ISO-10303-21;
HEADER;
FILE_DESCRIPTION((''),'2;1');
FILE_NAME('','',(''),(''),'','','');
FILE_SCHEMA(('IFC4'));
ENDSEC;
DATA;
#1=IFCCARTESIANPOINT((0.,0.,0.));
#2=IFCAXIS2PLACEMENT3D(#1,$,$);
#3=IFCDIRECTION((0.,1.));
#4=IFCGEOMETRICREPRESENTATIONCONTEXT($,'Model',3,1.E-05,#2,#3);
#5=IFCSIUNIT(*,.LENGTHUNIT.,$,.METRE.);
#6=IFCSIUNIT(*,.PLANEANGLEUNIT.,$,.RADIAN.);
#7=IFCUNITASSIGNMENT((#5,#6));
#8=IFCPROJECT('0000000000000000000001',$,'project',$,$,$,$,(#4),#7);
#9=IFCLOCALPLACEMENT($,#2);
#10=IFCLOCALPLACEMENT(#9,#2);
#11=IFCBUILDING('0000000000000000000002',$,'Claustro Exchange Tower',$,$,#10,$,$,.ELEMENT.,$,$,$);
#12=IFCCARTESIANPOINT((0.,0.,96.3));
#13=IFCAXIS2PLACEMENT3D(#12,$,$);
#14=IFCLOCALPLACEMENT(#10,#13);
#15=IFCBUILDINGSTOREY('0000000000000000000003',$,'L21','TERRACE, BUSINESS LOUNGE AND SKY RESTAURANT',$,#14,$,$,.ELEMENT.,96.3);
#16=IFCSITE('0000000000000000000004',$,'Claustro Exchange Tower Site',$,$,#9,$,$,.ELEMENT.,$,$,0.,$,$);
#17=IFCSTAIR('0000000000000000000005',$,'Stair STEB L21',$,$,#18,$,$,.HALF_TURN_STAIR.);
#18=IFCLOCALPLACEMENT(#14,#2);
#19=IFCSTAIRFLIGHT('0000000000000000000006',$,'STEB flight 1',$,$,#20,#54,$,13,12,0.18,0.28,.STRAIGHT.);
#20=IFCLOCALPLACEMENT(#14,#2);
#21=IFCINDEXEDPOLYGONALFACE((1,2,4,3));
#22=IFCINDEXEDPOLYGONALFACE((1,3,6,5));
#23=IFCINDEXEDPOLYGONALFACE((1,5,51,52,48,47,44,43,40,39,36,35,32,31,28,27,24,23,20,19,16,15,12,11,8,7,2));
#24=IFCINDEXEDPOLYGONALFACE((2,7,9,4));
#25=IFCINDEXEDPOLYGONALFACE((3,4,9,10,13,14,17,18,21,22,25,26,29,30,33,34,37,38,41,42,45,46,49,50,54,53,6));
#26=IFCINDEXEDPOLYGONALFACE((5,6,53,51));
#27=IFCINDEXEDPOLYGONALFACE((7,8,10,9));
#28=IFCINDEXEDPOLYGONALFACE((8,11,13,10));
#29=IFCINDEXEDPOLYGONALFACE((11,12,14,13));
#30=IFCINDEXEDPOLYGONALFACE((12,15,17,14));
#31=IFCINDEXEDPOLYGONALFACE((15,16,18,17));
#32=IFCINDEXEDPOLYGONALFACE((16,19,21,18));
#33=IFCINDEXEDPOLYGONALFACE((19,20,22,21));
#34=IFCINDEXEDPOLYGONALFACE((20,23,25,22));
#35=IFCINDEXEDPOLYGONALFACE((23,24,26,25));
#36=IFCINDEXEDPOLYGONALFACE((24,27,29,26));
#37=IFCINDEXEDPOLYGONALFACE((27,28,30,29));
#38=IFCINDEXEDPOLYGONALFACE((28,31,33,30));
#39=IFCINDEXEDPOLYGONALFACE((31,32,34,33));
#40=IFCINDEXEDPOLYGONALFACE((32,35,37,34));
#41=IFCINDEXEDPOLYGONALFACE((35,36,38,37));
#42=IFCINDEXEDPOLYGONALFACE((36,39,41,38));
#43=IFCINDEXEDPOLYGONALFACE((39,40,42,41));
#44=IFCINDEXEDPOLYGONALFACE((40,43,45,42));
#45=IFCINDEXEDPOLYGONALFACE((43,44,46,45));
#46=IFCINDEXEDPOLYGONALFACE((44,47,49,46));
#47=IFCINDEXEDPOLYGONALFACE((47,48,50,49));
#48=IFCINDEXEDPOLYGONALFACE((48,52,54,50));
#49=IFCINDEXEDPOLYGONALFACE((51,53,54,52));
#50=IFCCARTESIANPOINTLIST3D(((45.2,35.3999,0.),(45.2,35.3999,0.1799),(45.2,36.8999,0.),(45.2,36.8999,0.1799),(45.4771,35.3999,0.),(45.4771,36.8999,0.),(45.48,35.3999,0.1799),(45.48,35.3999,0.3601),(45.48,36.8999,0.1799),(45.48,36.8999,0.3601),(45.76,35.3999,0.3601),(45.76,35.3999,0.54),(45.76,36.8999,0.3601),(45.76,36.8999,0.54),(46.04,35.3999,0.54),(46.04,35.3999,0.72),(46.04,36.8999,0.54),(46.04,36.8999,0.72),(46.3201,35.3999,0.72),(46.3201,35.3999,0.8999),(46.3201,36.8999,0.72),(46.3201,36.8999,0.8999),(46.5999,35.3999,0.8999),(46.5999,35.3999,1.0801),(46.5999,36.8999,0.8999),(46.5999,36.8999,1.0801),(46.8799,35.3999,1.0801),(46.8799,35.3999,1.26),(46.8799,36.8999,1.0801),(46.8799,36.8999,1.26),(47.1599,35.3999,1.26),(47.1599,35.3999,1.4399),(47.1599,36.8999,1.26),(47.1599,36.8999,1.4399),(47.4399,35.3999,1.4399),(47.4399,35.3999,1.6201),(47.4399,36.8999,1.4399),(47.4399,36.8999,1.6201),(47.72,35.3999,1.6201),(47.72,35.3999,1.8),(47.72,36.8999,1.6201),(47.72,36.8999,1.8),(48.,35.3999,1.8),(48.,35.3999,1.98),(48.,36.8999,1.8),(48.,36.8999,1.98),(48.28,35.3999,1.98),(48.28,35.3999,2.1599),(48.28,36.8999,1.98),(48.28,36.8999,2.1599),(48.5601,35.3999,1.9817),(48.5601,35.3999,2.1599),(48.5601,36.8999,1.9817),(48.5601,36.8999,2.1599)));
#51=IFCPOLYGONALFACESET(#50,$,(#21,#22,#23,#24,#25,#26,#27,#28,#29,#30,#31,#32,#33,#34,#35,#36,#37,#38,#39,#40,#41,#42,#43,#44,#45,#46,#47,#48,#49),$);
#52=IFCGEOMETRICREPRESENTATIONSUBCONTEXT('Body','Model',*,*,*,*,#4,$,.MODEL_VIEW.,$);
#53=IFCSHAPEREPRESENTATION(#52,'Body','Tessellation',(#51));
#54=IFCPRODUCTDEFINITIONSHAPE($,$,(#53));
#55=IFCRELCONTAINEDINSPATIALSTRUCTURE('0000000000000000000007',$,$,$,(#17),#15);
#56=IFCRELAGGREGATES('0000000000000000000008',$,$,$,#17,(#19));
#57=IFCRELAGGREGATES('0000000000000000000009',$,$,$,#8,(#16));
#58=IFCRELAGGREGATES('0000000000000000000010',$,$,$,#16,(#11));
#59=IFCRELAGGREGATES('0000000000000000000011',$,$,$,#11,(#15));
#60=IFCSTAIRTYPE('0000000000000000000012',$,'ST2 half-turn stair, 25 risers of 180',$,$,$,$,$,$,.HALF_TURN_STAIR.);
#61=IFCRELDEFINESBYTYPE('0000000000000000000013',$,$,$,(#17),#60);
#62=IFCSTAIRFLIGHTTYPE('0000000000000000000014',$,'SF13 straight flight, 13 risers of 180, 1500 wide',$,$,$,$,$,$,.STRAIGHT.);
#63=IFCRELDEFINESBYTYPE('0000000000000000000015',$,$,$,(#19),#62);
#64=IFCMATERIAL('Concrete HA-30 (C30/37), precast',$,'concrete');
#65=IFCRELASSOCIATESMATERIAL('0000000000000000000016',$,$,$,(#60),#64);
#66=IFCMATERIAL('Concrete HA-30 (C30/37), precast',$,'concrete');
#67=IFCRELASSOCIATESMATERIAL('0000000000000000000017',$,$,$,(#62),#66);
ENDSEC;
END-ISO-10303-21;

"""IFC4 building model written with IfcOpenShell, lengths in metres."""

from ifc_helpers import new_model, si_unit, direction, frame, origin, place, context, subcontext, project, spatial, polyline, outline, extrude, material, type_object, element, aggregate, save


model = new_model("IFC4")

# Units and contexts
model_context = context("Model", 3, precision=1e-05, world=origin(), true_north=direction((0.0, 1.0)))
body_context = subcontext(model_context, "Body", "Model", "MODEL_VIEW")
ifc_project = project(units=[si_unit("LENGTHUNIT", "METRE"), si_unit("PLANEANGLEUNIT", "RADIAN")], contexts=[model_context])

# Site, building, storey
site_placement = place(None, origin())
site = spatial("IfcSite", under=ifc_project, at=site_placement, Name="Claustro Exchange Tower Site", CompositionType="ELEMENT", RefElevation=0.0)
building_placement = place(site_placement, origin())
building = spatial("IfcBuilding", under=site, at=building_placement, Name="Claustro Exchange Tower", CompositionType="ELEMENT")
storey_placement = place(building_placement, frame((0.0, 0.0, 96.3)))
storey = spatial("IfcBuildingStorey", under=building, at=storey_placement, Name="L21", Description="TERRACE, BUSINESS LOUNGE AND SKY RESTAURANT", CompositionType="ELEMENT", Elevation=96.3)

# Stair, stair flight
ifc_material_1 = material(Name="Concrete HA-30 (C30/37), precast", Category="concrete")
stair_type = type_object("IfcStairType", Name="ST2 half-turn stair, 25 risers of 180", PredefinedType="HALF_TURN_STAIR", material=ifc_material_1)
stair_placement = place(storey_placement, origin())
stair = element("IfcStair", 1, at=stair_placement, inside=storey, type_object=stair_type, Name="Stair STEB L21", PredefinedType="HALF_TURN_STAIR")
ifc_material_2 = material(Name="Concrete HA-30 (C30/37), precast", Category="concrete")
stair_flight_type_1 = type_object("IfcStairFlightType", Name="SF13 straight flight, 13 risers of 180, 1500 wide", PredefinedType="STRAIGHT", material=ifc_material_2)
stair_flight_1_placement = place(storey_placement, frame((45.2, 36.1499, 0.0), z_axis=(0.0, 0.0, 1.0), x_axis=(1.0, 0.0, 0.0)))
stair_flight_1 = element("IfcStairFlight", 2, at=stair_flight_1_placement, type_object=stair_flight_type_1, Name="STEB flight 1", NumberOfRisers=13, NumberOfTreads=12, PredefinedType="STRAIGHT", RiserHeight=0.18, TreadLength=0.28, context=body_context, shape_type="SweptSolid", body=[
    extrude(outline(polyline([(0.0, 0.0), (0.0, 0.1799), (0.28, 0.1799), (0.28, 0.3601), (0.5601, 0.3601), (0.5601, 0.54), (0.8401, 0.54), (0.8401, 0.72), (1.1201, 0.72), (1.1201, 0.8999), (1.3999, 0.8999), (1.3999, 1.0801), (1.6799, 1.0801), (1.6799, 1.26), (1.96, 1.26), (1.96, 1.4399), (2.24, 1.4399), (2.24, 1.6201), (2.52, 1.6201), (2.52, 1.8), (2.8, 1.8), (2.8, 1.98), (3.0801, 1.98), (3.0801, 2.1599), (3.3601, 2.1599), (3.3601, 2.3401), (3.3601, 1.9817), (0.2771, 0.0), (0.0, 0.0)])), frame((0.0, 0.75, 0.0), z_axis=(0.0, -1.0, 0.0), x_axis=(1.0, 0.0, 0.0)), (0.0, 0.0, 1.0), 1.5),
])
aggregate(stair, [stair_flight_1])

save(model, "model.ifc")
